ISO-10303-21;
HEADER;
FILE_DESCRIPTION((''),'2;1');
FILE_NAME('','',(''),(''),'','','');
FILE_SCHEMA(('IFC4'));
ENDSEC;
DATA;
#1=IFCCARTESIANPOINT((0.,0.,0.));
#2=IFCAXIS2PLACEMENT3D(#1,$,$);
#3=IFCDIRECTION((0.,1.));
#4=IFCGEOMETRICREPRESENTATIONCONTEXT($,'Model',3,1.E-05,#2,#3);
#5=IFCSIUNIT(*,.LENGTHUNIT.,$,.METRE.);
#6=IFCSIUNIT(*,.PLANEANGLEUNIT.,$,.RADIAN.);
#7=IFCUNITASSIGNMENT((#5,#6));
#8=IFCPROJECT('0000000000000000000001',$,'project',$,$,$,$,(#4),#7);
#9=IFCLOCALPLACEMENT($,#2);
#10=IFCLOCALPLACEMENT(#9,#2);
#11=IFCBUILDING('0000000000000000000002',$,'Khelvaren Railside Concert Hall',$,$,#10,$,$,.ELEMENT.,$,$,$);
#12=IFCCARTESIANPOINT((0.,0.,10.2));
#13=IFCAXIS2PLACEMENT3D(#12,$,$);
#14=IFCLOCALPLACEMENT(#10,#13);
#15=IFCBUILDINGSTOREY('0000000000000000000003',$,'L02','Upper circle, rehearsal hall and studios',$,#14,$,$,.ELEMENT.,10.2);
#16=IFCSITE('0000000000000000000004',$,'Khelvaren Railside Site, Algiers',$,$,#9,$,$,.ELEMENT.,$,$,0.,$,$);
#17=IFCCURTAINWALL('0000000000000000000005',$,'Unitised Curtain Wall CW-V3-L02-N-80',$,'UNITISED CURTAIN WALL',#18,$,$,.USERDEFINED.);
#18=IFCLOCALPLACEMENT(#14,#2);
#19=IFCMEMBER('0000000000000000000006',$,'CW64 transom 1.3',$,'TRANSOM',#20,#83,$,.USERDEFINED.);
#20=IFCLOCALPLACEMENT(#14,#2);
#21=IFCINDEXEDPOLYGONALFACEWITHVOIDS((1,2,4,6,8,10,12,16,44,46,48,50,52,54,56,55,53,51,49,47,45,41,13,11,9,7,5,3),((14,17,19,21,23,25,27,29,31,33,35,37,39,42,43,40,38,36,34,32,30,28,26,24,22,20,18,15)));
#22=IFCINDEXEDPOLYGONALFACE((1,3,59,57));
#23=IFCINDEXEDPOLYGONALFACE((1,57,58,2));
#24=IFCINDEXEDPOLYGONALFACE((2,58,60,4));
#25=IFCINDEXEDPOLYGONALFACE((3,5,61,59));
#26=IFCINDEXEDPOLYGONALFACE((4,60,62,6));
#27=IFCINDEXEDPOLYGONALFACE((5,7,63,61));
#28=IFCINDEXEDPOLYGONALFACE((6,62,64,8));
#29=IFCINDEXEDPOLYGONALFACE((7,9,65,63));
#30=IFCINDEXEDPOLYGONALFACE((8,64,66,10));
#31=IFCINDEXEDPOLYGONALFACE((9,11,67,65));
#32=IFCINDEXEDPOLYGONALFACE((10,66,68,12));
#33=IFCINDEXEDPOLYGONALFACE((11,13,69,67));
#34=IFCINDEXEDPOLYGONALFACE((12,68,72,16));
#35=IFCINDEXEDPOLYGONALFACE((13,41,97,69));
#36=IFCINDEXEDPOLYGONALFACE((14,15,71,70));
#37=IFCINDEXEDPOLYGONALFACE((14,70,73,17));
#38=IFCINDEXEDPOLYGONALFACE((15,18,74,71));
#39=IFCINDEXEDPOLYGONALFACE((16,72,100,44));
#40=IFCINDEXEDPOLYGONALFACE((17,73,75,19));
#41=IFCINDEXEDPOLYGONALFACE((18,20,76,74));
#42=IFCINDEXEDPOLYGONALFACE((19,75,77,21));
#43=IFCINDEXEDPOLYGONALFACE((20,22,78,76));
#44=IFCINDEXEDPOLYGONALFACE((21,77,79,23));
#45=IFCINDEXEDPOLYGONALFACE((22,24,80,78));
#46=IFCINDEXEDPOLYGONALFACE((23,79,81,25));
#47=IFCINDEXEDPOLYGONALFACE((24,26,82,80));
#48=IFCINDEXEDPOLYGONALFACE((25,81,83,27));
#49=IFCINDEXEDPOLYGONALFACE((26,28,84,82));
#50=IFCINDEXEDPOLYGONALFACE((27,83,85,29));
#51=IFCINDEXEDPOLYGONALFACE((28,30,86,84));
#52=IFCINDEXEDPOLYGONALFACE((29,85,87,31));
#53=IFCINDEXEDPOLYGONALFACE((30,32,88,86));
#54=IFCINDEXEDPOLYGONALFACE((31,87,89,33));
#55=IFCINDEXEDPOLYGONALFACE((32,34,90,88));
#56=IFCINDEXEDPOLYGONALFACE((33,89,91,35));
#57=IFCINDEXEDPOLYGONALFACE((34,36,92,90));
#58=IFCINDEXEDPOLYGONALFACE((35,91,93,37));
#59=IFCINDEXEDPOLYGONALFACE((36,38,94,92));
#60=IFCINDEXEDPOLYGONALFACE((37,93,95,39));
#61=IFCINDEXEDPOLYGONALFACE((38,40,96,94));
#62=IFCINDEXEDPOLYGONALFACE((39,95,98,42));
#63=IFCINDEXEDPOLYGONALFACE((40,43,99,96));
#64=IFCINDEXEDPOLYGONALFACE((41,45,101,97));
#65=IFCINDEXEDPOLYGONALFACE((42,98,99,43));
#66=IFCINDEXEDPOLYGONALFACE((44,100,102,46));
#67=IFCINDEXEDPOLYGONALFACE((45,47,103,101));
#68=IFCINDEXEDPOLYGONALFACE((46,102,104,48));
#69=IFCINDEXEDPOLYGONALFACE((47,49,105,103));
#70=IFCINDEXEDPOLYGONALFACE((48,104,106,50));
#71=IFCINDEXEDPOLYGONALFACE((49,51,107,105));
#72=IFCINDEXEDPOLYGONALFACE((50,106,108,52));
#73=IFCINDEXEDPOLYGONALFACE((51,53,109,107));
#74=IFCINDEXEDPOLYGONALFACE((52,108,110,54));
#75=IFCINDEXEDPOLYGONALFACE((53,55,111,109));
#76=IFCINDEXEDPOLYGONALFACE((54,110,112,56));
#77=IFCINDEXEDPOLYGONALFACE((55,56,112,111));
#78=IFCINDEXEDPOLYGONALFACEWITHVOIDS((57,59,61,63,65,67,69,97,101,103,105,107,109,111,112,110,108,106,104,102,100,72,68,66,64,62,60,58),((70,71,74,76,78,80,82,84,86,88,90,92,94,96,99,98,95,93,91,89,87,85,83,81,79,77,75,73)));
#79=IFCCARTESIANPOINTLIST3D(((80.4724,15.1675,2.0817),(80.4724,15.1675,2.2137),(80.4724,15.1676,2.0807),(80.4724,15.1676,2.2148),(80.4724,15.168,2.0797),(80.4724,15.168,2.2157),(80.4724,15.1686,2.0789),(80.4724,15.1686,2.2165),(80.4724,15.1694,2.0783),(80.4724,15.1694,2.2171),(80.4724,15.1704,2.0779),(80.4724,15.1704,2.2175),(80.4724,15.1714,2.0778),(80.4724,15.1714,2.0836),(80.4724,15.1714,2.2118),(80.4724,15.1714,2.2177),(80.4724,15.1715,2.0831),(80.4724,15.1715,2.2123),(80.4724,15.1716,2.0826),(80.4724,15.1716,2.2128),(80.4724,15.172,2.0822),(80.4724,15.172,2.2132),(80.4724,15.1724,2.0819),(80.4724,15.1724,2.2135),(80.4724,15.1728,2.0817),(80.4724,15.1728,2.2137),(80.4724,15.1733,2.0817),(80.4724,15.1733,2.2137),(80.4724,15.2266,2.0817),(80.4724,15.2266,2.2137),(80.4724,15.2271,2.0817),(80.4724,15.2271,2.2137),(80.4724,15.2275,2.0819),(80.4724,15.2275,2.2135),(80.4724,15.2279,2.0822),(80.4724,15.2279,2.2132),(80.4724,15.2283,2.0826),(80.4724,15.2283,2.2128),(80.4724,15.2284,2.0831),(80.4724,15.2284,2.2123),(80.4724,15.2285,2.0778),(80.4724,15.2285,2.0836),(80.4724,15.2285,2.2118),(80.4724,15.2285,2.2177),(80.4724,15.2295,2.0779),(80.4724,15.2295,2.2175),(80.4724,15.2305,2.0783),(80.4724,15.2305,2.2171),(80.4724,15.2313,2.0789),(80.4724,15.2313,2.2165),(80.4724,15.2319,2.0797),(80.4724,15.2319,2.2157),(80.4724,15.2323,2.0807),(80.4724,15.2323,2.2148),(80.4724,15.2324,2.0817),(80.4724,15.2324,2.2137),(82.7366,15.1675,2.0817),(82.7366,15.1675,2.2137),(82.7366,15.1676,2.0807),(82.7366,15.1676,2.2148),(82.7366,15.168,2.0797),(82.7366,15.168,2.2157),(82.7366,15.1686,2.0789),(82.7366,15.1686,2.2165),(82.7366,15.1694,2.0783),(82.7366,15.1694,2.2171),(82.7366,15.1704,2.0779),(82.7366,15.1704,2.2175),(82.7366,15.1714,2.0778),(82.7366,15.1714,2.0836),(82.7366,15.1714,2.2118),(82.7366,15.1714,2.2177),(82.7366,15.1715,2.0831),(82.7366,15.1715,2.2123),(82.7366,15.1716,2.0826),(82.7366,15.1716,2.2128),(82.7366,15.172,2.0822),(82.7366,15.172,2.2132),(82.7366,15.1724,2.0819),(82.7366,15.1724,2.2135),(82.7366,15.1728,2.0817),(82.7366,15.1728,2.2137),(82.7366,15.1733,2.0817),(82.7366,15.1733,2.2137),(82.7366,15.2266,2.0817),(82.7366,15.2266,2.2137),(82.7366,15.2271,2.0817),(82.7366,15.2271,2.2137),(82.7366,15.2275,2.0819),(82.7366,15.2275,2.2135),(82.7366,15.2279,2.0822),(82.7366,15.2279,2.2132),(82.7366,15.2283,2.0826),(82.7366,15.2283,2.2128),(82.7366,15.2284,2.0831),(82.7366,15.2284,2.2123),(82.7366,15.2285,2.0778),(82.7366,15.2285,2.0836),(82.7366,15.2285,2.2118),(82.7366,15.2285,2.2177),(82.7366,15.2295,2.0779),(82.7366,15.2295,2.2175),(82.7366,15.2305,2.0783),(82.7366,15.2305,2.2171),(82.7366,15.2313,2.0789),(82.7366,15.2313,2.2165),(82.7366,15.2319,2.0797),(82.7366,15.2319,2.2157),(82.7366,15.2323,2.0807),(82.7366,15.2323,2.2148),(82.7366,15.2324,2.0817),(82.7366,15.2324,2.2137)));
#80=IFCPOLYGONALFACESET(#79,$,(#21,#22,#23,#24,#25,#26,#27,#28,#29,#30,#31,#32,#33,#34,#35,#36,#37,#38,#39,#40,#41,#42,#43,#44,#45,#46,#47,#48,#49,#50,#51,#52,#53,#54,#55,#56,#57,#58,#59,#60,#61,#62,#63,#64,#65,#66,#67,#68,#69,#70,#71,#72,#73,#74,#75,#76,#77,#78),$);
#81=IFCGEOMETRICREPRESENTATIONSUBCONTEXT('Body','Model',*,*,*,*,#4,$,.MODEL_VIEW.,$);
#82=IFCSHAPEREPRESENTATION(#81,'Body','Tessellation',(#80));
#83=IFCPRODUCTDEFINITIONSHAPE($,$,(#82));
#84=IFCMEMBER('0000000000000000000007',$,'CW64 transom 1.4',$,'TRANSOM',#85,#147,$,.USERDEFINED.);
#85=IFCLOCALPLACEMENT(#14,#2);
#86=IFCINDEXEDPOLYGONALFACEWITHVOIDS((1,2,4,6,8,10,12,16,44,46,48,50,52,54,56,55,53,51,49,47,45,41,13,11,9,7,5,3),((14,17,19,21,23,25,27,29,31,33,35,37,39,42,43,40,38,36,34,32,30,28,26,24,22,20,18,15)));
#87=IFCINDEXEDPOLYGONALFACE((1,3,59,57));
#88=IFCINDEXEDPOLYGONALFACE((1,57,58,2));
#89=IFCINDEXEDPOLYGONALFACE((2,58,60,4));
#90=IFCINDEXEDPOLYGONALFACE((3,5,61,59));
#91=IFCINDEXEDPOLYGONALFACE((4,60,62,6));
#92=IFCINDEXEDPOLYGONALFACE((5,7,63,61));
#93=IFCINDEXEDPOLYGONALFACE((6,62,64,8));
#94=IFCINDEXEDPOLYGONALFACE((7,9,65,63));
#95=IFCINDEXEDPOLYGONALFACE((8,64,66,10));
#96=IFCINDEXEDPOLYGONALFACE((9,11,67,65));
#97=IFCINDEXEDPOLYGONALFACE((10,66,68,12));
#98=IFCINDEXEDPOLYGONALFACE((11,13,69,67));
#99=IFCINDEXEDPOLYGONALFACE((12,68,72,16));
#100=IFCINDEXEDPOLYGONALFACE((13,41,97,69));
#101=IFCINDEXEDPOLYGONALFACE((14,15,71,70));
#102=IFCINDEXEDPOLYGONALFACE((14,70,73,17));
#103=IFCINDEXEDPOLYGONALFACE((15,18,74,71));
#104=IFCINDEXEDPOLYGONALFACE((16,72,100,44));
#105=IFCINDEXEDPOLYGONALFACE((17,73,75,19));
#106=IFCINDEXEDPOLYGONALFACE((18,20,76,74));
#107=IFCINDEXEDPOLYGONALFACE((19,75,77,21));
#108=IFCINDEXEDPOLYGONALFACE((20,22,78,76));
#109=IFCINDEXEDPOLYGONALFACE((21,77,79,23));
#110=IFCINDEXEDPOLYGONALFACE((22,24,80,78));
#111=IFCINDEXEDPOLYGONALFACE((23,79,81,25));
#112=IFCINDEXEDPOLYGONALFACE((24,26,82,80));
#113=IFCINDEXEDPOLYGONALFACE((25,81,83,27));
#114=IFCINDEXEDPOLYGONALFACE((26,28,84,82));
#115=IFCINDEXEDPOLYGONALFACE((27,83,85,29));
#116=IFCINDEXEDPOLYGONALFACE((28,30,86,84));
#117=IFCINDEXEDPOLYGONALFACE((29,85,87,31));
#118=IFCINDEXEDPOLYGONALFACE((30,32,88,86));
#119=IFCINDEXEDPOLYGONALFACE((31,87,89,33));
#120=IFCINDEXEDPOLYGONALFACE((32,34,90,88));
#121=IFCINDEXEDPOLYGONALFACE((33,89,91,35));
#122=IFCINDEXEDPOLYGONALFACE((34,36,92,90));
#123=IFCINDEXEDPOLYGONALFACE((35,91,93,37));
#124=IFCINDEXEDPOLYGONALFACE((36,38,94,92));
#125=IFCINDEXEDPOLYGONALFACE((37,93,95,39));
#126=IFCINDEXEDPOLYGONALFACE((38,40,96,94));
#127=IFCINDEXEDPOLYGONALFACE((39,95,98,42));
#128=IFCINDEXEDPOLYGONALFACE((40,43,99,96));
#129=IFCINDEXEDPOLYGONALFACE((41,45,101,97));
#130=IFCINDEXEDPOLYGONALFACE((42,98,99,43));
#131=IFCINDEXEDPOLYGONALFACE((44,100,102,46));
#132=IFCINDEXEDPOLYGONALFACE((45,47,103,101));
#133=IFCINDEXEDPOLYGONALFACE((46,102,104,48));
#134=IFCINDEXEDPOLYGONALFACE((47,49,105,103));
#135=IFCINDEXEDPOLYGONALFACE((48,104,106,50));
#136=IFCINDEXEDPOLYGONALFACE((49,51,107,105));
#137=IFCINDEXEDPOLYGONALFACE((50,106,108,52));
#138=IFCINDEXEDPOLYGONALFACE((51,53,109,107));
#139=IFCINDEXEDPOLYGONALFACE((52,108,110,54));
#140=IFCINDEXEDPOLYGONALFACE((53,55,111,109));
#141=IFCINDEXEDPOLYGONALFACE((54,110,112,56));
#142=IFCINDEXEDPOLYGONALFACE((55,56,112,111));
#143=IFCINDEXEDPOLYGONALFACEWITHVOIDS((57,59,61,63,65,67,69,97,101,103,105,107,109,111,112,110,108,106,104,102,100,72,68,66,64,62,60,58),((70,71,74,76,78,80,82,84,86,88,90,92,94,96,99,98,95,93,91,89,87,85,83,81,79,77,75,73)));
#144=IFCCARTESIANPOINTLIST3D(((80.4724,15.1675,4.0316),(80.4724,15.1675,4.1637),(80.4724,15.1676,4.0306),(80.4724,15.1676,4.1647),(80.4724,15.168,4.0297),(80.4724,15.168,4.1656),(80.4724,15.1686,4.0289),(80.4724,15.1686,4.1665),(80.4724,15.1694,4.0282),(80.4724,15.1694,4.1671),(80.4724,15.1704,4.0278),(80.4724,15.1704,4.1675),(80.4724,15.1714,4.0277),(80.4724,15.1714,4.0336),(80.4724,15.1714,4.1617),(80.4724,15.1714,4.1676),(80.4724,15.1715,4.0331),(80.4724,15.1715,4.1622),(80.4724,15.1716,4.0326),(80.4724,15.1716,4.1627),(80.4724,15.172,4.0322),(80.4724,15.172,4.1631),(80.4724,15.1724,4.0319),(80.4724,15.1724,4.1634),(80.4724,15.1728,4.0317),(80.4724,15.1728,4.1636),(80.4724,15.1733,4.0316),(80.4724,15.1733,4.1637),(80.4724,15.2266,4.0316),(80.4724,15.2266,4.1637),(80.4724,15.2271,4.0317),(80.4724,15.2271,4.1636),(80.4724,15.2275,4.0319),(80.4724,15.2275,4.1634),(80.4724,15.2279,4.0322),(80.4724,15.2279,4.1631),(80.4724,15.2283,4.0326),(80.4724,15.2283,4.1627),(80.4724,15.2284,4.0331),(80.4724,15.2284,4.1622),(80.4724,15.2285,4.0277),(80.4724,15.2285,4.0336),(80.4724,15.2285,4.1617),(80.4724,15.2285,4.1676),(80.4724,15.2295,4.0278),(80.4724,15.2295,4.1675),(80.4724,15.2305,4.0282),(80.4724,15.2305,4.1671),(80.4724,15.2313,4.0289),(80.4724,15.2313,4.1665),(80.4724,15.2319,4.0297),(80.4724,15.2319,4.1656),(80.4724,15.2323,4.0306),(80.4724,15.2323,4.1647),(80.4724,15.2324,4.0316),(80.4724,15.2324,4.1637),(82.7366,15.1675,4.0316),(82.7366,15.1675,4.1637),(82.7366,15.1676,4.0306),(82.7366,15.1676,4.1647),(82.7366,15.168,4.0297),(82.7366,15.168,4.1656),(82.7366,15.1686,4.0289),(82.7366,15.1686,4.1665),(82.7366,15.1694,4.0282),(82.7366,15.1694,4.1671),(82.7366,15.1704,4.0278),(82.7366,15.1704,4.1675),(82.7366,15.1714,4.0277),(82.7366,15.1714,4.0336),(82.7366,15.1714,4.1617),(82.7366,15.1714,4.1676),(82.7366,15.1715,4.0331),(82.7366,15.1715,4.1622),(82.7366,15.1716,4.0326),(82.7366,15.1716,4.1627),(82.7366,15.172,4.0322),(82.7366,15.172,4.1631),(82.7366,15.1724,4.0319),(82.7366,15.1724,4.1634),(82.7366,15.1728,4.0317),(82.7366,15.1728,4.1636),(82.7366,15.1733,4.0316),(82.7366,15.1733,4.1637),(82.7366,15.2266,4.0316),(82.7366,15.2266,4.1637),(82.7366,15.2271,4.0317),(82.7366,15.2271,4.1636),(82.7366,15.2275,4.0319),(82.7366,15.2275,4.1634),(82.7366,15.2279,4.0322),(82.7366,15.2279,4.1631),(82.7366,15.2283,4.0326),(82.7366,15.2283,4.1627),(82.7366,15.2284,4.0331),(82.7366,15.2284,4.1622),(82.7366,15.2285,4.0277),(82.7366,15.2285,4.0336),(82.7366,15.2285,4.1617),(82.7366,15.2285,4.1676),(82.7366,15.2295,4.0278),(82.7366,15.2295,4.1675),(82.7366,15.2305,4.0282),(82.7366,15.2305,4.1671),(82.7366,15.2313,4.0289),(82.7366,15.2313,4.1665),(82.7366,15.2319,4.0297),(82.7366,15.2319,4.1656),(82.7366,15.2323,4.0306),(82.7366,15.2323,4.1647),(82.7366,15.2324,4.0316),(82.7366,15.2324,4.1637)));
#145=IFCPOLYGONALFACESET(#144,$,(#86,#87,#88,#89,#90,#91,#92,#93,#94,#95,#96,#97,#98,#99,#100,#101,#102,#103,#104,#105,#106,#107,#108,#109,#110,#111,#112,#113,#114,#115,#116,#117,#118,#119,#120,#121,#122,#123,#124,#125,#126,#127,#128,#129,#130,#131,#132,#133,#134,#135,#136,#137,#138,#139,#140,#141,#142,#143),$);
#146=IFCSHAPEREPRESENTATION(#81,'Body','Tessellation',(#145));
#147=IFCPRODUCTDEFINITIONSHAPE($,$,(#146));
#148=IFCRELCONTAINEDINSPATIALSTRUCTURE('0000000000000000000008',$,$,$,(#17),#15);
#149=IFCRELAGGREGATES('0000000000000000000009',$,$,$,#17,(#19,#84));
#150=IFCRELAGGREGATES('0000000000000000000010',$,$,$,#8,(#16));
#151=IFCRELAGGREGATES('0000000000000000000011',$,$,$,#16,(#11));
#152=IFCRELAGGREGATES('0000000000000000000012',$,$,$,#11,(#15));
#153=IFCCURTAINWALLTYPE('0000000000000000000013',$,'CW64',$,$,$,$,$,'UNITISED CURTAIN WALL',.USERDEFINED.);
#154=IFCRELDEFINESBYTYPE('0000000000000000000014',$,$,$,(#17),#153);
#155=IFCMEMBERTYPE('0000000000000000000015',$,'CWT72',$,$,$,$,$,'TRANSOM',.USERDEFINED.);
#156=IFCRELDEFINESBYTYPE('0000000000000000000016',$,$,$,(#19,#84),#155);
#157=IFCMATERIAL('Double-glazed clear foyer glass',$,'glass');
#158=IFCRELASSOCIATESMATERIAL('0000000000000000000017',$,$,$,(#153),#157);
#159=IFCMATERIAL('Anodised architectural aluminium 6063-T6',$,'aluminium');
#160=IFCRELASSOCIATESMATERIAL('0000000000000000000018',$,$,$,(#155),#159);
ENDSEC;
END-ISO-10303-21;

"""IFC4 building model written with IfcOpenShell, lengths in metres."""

from ifc_helpers import new_model, si_unit, direction, frame, origin, origin_2d, place, context, subcontext, project, spatial, hollow_rectangle, extrude, material, material_profile, profile_set, type_object, element, aggregate, save


model = new_model("IFC4")

# Units and contexts
model_context = context("Model", 3, precision=1e-05, world=origin(), true_north=direction((0.0, 1.0)))
body_context = subcontext(model_context, "Body", "Model", "MODEL_VIEW")
ifc_project = project(units=[si_unit("LENGTHUNIT", "METRE"), si_unit("PLANEANGLEUNIT", "RADIAN")], contexts=[model_context])

# Site, building, storey
site_placement = place(None, origin())
site = spatial("IfcSite", under=ifc_project, at=site_placement, Name="Khelvaren Railside Site, Algiers", CompositionType="ELEMENT", RefElevation=0.0)
building_placement = place(site_placement, origin())
building = spatial("IfcBuilding", under=site, at=building_placement, Name="Khelvaren Railside Concert Hall", CompositionType="ELEMENT")
storey_placement = place(building_placement, frame((0.0, 0.0, 10.2)))
storey = spatial("IfcBuildingStorey", under=building, at=storey_placement, Name="L02", Description="Upper circle, rehearsal hall and studios", CompositionType="ELEMENT", Elevation=10.2)

# Curtain wall, members
ifc_material_1 = material(Name="Double-glazed clear foyer glass", Category="glass")
curtain_wall_type = type_object("IfcCurtainWallType", Name="CW64", ElementType="UNITISED CURTAIN WALL", PredefinedType="USERDEFINED", material=ifc_material_1)
curtain_wall_placement = place(storey_placement, origin())
curtain_wall = element("IfcCurtainWall", 1, at=curtain_wall_placement, inside=storey, type_object=curtain_wall_type, Name="Unitised Curtain Wall CW-V3-L02-N-80", ObjectType="UNITISED CURTAIN WALL", PredefinedType="USERDEFINED")
ifc_material_2 = material(Name="Anodised architectural aluminium 6063-T6", Category="aluminium")
ifc_material_profile_1 = material_profile(ifc_material_2, hollow_rectangle(XDim=0.0649, YDim=0.1399, WallThickness=0.0039, InnerFilletRadius=0.002, OuterFilletRadius=0.0039, at=origin_2d()), Name="CWT 65x140x4")
ifc_profile_set_1 = profile_set([ifc_material_profile_1], Name="Anodised architectural aluminium 6063-T6")
member_type_1 = type_object("IfcMemberType", Name="CWT72", ElementType="TRANSOM", PredefinedType="USERDEFINED", material=ifc_profile_set_1)
member_1_placement = place(storey_placement, frame((80.4724, 15.2, 2.1477), z_axis=(1.0, 0.0, 0.0), x_axis=(0.0, 1.0, 0.0)))
member_1 = element("IfcMember", 2, at=member_1_placement, type_object=member_type_1, Name="CW64 transom 1.3", ObjectType="TRANSOM", PredefinedType="USERDEFINED", context=body_context, shape_type="SweptSolid", body=[
    extrude(hollow_rectangle(XDim=0.0649, YDim=0.1399, WallThickness=0.0039, InnerFilletRadius=0.002, OuterFilletRadius=0.0039, at=origin_2d()), origin(), (0.0, 0.0, 1.0), 2.2642),
])
member_2_placement = place(storey_placement, frame((80.4724, 15.2, 4.0977), z_axis=(1.0, 0.0, 0.0), x_axis=(0.0, 1.0, 0.0)))
member_2 = element("IfcMember", 3, at=member_2_placement, type_object=member_type_1, Name="CW64 transom 1.4", ObjectType="TRANSOM", PredefinedType="USERDEFINED", context=body_context, shape_type="SweptSolid", body=[
    extrude(hollow_rectangle(XDim=0.0649, YDim=0.1399, WallThickness=0.0039, InnerFilletRadius=0.002, OuterFilletRadius=0.0039, at=origin_2d()), origin(), (0.0, 0.0, 1.0), 2.2642),
])
aggregate(curtain_wall, [member_1, member_2])

save(model, "model.ifc")
